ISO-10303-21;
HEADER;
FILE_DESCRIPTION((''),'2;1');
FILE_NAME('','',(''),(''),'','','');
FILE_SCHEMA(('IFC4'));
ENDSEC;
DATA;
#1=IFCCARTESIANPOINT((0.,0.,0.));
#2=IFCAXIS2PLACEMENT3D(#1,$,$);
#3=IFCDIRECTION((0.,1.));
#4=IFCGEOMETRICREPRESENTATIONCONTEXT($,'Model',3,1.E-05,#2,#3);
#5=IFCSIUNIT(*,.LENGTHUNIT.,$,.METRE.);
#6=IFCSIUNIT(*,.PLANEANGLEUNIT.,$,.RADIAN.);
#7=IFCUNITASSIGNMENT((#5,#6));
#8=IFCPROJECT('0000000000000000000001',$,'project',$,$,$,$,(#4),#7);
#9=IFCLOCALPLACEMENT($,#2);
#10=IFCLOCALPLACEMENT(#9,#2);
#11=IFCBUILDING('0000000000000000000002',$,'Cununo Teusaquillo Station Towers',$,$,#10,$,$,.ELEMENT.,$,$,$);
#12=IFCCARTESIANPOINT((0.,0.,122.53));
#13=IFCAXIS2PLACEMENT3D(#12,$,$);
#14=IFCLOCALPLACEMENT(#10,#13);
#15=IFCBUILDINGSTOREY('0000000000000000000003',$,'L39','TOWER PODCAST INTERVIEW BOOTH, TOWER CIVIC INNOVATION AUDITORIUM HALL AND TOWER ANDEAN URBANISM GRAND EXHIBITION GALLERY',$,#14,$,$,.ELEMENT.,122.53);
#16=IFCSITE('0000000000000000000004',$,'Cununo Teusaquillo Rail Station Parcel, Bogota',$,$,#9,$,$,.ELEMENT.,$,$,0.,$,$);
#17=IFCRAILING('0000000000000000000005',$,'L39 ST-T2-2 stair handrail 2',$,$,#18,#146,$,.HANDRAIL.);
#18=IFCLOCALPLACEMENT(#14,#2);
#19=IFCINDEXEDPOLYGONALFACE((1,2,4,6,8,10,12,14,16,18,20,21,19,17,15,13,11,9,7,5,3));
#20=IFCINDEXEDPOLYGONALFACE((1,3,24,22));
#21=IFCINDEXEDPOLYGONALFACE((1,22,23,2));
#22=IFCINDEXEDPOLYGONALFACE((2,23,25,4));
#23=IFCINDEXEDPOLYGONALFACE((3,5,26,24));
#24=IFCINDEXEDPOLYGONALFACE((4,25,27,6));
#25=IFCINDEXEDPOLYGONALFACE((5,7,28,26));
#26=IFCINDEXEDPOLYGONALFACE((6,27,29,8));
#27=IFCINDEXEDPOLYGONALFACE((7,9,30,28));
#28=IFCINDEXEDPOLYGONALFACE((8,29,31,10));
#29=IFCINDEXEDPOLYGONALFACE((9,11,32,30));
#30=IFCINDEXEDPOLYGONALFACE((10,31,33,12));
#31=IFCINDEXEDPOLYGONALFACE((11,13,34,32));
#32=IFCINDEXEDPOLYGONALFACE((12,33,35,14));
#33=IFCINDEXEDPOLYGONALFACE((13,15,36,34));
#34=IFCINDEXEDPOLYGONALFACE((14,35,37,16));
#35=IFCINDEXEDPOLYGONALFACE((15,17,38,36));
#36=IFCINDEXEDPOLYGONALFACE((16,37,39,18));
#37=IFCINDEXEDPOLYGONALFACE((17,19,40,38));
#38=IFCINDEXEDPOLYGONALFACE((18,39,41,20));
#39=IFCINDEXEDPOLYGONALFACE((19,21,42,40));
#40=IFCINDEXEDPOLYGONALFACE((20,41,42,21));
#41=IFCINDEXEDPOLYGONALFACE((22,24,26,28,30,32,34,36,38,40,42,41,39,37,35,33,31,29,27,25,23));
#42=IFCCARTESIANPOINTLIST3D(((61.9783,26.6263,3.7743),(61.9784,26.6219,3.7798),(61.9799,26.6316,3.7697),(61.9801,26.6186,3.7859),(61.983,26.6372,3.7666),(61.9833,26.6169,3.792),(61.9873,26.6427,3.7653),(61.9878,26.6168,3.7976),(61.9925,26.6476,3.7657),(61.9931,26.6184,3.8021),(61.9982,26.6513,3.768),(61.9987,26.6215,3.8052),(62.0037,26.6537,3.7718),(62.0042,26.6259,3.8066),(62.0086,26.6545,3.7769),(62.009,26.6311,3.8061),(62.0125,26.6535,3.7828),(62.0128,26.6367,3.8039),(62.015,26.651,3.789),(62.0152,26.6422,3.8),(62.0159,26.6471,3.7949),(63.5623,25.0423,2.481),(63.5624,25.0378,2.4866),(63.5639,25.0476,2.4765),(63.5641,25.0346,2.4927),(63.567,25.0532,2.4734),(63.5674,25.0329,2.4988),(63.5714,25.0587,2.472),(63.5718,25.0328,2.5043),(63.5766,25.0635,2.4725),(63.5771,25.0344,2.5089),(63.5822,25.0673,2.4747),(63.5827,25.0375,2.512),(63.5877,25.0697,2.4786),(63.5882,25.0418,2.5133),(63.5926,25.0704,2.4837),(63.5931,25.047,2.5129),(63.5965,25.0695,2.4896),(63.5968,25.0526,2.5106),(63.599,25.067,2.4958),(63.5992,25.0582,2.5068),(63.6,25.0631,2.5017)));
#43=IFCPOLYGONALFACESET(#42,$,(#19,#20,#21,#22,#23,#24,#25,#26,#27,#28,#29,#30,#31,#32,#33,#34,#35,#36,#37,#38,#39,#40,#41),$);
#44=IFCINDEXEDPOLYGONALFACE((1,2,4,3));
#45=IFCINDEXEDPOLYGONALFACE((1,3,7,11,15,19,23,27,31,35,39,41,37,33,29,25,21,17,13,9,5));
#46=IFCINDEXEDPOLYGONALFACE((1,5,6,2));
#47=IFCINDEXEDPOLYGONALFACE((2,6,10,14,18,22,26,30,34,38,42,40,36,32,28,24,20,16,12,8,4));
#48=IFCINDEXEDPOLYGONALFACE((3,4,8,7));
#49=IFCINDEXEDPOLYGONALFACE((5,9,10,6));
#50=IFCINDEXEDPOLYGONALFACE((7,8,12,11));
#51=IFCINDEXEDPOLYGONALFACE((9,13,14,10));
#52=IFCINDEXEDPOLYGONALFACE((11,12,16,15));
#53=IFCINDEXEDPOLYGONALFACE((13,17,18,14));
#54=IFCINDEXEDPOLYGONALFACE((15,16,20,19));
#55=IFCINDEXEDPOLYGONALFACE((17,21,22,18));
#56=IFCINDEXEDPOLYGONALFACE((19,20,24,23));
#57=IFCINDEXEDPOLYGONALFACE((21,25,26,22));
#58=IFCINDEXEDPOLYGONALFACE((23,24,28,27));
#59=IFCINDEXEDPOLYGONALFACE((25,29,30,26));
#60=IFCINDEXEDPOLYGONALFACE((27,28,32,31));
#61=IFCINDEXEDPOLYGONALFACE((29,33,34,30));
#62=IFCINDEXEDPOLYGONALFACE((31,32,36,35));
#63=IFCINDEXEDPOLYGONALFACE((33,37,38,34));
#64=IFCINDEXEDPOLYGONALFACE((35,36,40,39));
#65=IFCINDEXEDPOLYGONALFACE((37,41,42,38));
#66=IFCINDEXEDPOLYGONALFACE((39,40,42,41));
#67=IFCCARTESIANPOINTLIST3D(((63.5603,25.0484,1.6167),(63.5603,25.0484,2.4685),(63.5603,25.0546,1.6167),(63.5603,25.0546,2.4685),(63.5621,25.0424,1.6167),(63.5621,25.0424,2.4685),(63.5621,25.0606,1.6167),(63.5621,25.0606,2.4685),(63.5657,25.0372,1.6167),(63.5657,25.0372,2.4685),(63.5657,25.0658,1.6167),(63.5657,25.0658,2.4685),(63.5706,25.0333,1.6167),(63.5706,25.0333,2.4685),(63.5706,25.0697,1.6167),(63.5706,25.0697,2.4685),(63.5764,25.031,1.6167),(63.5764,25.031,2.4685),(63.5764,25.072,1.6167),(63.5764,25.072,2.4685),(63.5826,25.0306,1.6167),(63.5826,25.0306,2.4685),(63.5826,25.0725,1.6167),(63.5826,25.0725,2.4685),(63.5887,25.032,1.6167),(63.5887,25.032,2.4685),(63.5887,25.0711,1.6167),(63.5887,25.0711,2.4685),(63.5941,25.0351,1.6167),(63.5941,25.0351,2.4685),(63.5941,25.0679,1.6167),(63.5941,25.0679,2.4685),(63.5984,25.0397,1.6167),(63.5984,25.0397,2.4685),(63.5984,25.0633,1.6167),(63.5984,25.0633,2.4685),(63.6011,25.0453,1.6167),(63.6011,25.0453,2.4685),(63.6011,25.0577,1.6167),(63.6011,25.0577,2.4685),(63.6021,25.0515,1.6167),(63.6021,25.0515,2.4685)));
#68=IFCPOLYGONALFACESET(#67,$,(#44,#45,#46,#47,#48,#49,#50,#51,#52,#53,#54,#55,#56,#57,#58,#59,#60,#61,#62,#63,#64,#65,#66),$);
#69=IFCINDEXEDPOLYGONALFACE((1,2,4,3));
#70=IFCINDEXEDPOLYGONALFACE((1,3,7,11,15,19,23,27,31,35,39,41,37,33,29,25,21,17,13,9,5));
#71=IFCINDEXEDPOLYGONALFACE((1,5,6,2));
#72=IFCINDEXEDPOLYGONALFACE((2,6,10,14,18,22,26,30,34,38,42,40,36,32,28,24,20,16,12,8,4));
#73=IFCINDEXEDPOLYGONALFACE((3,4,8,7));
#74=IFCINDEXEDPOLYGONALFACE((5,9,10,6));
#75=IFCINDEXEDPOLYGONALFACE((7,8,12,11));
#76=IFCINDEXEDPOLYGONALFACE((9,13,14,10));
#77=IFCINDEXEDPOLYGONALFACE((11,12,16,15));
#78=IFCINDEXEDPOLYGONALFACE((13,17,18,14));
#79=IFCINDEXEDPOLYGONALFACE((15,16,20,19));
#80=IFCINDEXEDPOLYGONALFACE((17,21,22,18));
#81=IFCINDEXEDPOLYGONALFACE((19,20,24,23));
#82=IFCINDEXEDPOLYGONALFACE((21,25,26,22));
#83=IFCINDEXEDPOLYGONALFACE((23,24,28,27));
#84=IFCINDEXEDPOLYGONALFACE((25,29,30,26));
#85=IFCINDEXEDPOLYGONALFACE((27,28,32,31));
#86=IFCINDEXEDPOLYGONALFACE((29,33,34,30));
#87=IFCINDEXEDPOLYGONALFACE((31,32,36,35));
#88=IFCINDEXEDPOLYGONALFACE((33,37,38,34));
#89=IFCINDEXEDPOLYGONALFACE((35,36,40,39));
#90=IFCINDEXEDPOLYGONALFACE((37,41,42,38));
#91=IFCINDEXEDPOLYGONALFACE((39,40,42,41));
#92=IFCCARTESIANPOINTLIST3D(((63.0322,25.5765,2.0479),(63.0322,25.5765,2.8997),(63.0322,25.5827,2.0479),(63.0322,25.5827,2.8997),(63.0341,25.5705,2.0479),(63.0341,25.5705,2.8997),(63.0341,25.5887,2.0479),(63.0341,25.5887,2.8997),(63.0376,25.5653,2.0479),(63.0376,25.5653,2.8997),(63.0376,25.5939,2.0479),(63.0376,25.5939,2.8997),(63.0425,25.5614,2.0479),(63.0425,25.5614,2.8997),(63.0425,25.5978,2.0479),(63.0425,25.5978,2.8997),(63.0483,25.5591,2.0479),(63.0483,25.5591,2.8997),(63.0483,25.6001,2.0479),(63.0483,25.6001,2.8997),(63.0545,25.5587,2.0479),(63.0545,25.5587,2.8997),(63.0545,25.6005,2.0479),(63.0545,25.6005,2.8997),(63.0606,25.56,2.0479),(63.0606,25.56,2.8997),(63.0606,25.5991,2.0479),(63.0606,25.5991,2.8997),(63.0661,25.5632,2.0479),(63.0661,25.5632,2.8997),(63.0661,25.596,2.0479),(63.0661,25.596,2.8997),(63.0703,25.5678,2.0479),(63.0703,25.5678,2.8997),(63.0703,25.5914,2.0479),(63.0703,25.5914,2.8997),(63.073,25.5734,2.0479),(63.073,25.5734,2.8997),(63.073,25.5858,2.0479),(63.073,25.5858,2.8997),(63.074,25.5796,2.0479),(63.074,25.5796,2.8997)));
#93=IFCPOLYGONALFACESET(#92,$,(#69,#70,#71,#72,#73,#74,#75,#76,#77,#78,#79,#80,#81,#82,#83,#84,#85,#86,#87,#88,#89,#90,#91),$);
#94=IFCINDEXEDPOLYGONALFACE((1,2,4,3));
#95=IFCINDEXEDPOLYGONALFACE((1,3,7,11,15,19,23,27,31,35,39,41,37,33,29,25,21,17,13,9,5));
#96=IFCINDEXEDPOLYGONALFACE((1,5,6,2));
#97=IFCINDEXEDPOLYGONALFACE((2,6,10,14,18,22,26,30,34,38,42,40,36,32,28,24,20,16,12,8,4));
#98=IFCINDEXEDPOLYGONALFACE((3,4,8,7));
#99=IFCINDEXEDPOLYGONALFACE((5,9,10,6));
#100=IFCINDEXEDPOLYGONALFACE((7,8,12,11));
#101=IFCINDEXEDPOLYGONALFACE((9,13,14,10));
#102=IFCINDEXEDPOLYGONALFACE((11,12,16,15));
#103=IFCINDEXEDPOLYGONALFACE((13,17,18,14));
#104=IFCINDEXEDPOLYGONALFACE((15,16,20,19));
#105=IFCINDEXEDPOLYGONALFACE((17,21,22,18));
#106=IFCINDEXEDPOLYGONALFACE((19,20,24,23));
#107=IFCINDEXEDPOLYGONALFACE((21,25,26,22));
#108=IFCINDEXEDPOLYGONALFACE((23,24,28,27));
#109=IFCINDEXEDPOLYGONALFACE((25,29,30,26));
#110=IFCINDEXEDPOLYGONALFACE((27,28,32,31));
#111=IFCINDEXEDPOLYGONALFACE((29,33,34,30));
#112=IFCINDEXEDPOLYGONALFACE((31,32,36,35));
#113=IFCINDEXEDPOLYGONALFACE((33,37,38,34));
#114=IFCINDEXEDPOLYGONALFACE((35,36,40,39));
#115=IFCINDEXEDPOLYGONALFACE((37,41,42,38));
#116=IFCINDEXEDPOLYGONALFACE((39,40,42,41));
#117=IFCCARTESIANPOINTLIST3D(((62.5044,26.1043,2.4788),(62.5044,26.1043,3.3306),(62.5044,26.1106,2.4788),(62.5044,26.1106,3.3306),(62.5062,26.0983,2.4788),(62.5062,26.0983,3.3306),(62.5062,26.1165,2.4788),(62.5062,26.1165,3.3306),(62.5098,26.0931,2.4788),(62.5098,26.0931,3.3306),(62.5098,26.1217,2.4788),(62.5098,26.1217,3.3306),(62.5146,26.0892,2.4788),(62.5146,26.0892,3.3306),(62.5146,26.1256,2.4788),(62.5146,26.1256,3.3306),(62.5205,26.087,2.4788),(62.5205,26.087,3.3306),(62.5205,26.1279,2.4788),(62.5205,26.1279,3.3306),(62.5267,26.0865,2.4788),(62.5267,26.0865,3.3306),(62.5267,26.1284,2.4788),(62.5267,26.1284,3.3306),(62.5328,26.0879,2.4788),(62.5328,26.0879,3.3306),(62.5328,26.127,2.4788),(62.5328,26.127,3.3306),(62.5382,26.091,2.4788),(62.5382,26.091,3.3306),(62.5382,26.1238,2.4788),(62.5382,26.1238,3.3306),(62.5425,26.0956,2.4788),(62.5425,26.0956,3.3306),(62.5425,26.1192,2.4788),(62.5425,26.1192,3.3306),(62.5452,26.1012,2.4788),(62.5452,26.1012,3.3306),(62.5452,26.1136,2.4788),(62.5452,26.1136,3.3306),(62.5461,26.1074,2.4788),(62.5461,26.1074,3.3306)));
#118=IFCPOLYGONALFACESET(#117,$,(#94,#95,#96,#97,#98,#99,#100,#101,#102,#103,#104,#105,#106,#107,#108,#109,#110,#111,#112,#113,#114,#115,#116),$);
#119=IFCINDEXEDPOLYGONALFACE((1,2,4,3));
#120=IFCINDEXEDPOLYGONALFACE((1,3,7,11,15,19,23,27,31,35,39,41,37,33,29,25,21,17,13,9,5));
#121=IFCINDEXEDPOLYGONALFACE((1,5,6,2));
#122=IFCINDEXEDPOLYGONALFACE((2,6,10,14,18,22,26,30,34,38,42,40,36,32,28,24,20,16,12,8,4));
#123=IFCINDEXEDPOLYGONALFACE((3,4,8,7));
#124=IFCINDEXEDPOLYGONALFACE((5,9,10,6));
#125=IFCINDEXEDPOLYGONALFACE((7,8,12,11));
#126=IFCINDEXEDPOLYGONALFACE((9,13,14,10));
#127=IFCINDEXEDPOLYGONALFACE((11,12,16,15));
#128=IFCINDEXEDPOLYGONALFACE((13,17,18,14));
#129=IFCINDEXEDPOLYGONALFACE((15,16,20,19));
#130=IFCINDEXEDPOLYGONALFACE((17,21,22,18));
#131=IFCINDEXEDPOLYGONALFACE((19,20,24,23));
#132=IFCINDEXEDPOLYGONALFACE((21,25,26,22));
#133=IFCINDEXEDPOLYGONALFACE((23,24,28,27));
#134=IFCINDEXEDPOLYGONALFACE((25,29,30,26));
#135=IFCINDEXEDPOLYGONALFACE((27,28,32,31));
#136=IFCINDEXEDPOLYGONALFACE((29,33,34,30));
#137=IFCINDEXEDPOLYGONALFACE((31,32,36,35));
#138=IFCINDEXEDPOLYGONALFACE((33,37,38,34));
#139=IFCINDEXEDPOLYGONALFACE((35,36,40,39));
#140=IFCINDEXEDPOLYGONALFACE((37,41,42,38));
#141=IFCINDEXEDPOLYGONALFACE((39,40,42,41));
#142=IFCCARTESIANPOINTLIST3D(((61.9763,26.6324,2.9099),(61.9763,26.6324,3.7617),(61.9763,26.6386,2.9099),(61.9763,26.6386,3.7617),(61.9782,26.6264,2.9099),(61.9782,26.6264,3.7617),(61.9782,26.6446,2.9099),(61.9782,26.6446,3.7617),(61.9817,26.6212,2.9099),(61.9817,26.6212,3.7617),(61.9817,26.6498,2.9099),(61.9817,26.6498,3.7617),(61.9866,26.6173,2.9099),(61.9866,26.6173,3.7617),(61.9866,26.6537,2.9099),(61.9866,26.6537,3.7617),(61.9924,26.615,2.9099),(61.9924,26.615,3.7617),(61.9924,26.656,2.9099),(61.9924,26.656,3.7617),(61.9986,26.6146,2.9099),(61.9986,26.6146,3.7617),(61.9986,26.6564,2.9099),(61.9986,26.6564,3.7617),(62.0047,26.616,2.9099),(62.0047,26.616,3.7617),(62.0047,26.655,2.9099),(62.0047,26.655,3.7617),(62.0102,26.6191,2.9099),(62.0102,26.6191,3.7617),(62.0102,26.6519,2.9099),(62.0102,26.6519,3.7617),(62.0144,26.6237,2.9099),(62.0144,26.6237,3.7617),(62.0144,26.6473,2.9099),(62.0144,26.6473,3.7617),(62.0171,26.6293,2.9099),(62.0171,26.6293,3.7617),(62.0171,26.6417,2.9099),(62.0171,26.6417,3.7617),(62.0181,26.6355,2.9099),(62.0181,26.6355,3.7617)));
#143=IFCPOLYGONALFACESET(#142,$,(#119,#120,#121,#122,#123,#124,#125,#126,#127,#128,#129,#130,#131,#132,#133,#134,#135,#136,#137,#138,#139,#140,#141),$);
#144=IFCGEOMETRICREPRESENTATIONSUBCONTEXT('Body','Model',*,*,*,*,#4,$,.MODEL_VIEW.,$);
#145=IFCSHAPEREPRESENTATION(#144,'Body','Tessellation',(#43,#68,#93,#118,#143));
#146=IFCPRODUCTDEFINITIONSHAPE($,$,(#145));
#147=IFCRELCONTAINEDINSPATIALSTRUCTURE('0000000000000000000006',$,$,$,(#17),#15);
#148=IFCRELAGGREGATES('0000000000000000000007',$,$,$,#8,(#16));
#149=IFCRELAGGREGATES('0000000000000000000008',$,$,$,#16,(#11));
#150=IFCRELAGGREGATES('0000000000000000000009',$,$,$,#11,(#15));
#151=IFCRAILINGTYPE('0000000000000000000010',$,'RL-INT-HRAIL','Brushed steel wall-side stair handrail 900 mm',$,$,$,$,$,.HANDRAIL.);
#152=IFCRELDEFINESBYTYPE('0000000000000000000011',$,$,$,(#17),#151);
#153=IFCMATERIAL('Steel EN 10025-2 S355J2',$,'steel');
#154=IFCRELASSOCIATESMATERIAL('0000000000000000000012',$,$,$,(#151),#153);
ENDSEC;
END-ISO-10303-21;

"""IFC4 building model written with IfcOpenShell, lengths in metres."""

from ifc_helpers import new_model, si_unit, direction, frame, origin, origin_2d, place, context, subcontext, project, spatial, circle, extrude, material, type_object, element, save


model = new_model("IFC4")

# Units and contexts
model_context = context("Model", 3, precision=1e-05, world=origin(), true_north=direction((0.0, 1.0)))
body_context = subcontext(model_context, "Body", "Model", "MODEL_VIEW")
ifc_project = project(units=[si_unit("LENGTHUNIT", "METRE"), si_unit("PLANEANGLEUNIT", "RADIAN")], contexts=[model_context])

# Site, building, storey
site_placement = place(None, origin())
site = spatial("IfcSite", under=ifc_project, at=site_placement, Name="Cununo Teusaquillo Rail Station Parcel, Bogota", CompositionType="ELEMENT", RefElevation=0.0)
building_placement = place(site_placement, origin())
building = spatial("IfcBuilding", under=site, at=building_placement, Name="Cununo Teusaquillo Station Towers", CompositionType="ELEMENT")
storey_placement = place(building_placement, frame((0.0, 0.0, 122.53)))
storey = spatial("IfcBuildingStorey", under=building, at=storey_placement, Name="L39", Description="TOWER PODCAST INTERVIEW BOOTH, TOWER CIVIC INNOVATION AUDITORIUM HALL AND TOWER ANDEAN URBANISM GRAND EXHIBITION GALLERY", CompositionType="ELEMENT", Elevation=122.53)

# Railing
ifc_material_1 = material(Name="Steel EN 10025-2 S355J2", Category="steel")
railing_type_1 = type_object("IfcRailingType", Name="RL-INT-HRAIL", Description="Brushed steel wall-side stair handrail 900 mm", PredefinedType="HANDRAIL", material=ifc_material_1)
railing_1_placement = place(storey_placement, frame((63.5811, 25.0515, 1.6167)))
element("IfcRailing", 1, at=railing_1_placement, inside=storey, type_object=railing_type_1, Name="L39 ST-T2-2 stair handrail 2", PredefinedType="HANDRAIL", context=body_context, shape_type="SweptSolid", body=[
    extrude(circle(Radius=0.0239, at=origin_2d()), frame((0.0, 0.0, 0.876), z_axis=(-0.612385, 0.612385, 0.49997), x_axis=(-0.707107, -0.707107, 0.0)), (0.0, 0.0, 1.0), 2.5867),
    extrude(circle(Radius=0.021, at=origin_2d()), origin(), (0.0, 0.0, 1.0), 0.8518),
    extrude(circle(Radius=0.021, at=origin_2d()), frame((-0.5281, 0.5281, 0.4312)), (0.0, 0.0, 1.0), 0.8518),
    extrude(circle(Radius=0.021, at=origin_2d()), frame((-1.0559, 1.0559, 0.8621)), (0.0, 0.0, 1.0), 0.8518),
    extrude(circle(Radius=0.021, at=origin_2d()), frame((-1.584, 1.584, 1.2932)), (0.0, 0.0, 1.0), 0.8518),
])

save(model, "model.ifc")
